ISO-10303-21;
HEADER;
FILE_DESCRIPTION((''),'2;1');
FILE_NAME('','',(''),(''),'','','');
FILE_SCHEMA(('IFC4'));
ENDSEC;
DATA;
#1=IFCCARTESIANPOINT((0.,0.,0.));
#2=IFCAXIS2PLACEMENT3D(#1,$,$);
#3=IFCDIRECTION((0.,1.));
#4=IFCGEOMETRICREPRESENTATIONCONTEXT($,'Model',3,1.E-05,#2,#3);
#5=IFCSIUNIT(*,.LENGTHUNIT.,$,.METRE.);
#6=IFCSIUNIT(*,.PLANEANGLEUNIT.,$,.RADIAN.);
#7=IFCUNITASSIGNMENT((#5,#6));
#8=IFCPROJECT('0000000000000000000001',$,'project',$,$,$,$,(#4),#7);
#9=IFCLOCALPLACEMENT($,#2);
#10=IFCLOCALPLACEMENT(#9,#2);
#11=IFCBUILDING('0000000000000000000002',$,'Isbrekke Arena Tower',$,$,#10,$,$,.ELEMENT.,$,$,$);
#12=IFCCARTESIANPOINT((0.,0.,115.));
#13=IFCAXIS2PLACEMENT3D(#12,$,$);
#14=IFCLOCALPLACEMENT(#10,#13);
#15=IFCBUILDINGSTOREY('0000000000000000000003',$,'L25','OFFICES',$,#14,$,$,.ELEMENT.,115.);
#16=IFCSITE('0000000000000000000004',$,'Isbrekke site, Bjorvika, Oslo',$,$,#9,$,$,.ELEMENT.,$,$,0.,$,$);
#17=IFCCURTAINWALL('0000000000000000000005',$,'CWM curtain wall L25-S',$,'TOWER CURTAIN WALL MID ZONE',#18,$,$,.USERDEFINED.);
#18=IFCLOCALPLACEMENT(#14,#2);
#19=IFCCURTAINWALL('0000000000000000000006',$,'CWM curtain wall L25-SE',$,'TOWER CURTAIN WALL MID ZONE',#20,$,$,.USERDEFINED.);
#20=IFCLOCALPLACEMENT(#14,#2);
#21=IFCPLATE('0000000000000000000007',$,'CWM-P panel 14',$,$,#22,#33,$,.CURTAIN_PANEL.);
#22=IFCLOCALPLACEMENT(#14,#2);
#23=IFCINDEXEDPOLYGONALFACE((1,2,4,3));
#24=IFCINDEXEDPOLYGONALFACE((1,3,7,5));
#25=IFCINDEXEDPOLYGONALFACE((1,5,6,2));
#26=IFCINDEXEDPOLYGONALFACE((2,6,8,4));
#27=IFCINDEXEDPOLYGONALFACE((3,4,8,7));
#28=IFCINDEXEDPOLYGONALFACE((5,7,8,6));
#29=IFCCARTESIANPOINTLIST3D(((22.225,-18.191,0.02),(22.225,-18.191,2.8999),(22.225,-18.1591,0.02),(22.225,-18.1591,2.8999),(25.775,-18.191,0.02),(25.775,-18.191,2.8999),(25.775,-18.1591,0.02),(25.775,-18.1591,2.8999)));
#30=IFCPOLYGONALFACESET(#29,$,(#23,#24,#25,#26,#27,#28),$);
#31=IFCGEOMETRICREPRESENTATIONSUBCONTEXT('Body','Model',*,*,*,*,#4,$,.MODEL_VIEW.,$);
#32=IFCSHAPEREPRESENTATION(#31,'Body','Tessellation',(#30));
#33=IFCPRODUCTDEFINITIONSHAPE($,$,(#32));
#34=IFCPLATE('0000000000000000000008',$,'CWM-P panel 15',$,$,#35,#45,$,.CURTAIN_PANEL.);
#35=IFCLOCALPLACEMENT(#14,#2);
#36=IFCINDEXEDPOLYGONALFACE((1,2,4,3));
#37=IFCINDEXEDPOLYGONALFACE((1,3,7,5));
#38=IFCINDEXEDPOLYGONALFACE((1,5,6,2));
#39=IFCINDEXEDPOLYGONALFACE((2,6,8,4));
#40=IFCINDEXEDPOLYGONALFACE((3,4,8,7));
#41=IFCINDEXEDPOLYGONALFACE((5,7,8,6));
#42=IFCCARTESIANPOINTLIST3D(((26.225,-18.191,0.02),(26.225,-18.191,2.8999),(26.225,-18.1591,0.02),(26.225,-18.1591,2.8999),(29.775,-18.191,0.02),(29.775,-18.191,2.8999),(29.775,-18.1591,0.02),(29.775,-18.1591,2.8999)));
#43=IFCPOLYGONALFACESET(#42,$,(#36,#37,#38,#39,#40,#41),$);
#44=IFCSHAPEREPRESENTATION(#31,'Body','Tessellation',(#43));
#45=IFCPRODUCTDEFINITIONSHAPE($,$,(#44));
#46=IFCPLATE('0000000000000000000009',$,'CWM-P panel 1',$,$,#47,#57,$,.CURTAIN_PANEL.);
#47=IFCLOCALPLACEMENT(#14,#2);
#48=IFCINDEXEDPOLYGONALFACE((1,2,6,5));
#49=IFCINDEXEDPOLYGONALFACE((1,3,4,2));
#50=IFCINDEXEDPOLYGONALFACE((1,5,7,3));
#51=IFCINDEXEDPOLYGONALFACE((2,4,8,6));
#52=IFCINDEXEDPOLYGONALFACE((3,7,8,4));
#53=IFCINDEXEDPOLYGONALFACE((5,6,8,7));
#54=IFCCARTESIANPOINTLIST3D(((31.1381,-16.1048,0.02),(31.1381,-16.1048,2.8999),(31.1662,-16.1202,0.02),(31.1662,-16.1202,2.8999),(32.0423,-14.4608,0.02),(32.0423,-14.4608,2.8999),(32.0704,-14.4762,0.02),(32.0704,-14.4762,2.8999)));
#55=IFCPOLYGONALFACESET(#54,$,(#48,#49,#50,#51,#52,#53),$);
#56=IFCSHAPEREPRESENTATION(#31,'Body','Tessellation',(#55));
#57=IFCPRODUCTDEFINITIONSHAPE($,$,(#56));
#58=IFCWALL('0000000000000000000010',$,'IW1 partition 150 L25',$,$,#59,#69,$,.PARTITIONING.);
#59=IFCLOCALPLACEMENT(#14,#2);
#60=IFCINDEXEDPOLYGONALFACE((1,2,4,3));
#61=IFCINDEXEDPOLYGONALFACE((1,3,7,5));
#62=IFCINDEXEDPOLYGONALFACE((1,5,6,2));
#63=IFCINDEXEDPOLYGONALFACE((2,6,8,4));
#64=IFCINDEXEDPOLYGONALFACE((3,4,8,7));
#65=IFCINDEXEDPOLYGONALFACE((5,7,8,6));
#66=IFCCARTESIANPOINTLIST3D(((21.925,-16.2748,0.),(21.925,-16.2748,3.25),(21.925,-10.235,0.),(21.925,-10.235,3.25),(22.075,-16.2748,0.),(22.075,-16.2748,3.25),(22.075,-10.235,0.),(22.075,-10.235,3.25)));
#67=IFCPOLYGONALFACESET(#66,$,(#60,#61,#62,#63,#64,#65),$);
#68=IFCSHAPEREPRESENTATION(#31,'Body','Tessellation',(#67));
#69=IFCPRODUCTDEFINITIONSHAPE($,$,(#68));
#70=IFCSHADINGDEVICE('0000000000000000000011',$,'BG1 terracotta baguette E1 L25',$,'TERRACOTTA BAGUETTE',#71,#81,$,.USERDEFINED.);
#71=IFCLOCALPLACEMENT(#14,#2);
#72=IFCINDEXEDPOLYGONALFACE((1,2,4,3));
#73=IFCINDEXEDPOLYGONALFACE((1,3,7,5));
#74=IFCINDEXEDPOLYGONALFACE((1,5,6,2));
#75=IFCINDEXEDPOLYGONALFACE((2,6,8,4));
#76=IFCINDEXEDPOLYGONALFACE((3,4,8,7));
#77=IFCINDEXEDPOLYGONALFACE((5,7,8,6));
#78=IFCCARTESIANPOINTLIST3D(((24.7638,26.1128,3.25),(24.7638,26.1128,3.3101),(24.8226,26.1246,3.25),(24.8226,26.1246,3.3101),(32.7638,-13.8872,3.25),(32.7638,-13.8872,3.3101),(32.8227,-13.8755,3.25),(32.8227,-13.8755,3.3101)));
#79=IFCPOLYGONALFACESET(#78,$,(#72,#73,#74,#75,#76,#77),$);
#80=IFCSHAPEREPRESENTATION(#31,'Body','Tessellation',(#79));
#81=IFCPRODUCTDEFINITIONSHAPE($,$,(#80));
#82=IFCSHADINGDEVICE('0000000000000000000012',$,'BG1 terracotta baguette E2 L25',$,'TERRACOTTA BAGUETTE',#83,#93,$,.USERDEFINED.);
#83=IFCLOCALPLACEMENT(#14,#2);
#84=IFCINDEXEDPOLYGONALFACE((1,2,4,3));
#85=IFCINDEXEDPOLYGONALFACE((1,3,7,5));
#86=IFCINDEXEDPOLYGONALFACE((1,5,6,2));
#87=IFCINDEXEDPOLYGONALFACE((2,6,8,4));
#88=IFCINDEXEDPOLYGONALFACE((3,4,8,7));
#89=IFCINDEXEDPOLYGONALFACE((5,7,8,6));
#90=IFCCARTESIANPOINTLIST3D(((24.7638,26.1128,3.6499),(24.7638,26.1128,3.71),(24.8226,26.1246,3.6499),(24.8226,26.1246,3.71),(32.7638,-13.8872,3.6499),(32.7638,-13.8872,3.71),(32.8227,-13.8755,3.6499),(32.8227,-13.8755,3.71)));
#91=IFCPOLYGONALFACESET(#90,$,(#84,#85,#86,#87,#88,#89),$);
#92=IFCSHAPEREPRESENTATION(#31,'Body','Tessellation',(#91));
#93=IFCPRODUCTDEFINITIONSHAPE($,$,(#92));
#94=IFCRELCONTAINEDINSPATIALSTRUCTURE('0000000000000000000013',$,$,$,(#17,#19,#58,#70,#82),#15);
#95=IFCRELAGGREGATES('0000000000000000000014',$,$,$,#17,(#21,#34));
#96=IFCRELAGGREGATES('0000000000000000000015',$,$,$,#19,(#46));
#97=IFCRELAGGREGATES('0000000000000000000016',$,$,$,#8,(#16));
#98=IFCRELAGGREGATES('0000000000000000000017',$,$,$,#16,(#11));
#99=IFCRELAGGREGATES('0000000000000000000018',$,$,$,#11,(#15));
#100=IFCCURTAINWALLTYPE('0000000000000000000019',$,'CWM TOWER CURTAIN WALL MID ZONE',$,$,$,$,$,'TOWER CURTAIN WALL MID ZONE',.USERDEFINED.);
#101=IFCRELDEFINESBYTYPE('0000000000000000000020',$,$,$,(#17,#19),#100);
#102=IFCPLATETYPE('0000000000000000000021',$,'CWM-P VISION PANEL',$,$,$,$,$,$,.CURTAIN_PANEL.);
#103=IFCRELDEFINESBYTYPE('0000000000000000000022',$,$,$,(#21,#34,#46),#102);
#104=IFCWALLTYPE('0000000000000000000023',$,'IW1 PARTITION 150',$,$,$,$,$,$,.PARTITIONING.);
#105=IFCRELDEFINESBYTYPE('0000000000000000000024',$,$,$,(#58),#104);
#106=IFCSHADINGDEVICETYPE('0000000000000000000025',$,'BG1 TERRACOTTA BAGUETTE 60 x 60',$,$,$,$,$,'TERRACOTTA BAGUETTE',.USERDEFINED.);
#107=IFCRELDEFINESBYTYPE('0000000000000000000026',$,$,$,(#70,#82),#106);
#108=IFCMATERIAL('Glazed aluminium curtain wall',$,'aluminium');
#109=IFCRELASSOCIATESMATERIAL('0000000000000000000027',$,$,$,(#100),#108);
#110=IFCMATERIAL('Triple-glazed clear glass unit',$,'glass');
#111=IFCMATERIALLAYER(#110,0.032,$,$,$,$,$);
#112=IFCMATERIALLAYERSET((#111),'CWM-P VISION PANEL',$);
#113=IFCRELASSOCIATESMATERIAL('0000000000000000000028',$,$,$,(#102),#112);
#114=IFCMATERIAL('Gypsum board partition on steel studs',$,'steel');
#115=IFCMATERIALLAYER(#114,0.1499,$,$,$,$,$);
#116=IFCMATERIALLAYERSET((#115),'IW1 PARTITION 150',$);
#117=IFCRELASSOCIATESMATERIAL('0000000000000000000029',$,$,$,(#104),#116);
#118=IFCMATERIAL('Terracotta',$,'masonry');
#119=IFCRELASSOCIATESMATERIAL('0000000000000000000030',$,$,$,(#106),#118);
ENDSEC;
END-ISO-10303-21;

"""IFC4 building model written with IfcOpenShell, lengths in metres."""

from ifc_helpers import new_model, si_unit, direction, frame, frame_2d, origin, origin_2d, place, context, subcontext, project, spatial, rectangle, extrude, material, layer, layer_set, material_profile, profile_set, type_object, element, aggregate, save


model = new_model("IFC4")

# Units and contexts
model_context = context("Model", 3, precision=1e-05, world=origin(), true_north=direction((0.0, 1.0)))
body_context = subcontext(model_context, "Body", "Model", "MODEL_VIEW")
ifc_project = project(units=[si_unit("LENGTHUNIT", "METRE"), si_unit("PLANEANGLEUNIT", "RADIAN")], contexts=[model_context])

# Site, building, storey
site_placement = place(None, origin())
site = spatial("IfcSite", under=ifc_project, at=site_placement, Name="Isbrekke site, Bjorvika, Oslo", CompositionType="ELEMENT", RefElevation=0.0)
building_placement = place(site_placement, origin())
building = spatial("IfcBuilding", under=site, at=building_placement, Name="Isbrekke Arena Tower", CompositionType="ELEMENT")
storey_placement = place(building_placement, frame((0.0, 0.0, 115.0)))
storey = spatial("IfcBuildingStorey", under=building, at=storey_placement, Name="L25", Description="OFFICES", CompositionType="ELEMENT", Elevation=115.0)

# Curtain walls
ifc_material_1 = material(Name="Glazed aluminium curtain wall", Category="aluminium")
curtain_wall_type = type_object("IfcCurtainWallType", Name="CWM TOWER CURTAIN WALL MID ZONE", ElementType="TOWER CURTAIN WALL MID ZONE", PredefinedType="USERDEFINED", material=ifc_material_1)
curtain_wall_1_placement = place(storey_placement, origin())
curtain_wall_1 = element("IfcCurtainWall", 1, at=curtain_wall_1_placement, inside=storey, type_object=curtain_wall_type, Name="CWM curtain wall L25-S", ObjectType="TOWER CURTAIN WALL MID ZONE", PredefinedType="USERDEFINED")
curtain_wall_2_placement = place(storey_placement, origin())
curtain_wall_2 = element("IfcCurtainWall", 2, at=curtain_wall_2_placement, inside=storey, type_object=curtain_wall_type, Name="CWM curtain wall L25-SE", ObjectType="TOWER CURTAIN WALL MID ZONE", PredefinedType="USERDEFINED")

# Plates
ifc_material_2 = material(Name="Triple-glazed clear glass unit", Category="glass")
ifc_layer_1 = layer(ifc_material_2, 0.032)
ifc_layer_set_1 = layer_set([ifc_layer_1], Name="CWM-P VISION PANEL")
plate_type = type_object("IfcPlateType", Name="CWM-P VISION PANEL", PredefinedType="CURTAIN_PANEL", material=ifc_layer_set_1)
plate_1_placement = place(storey_placement, frame((24.0, -18.175, 0.02), z_axis=(0.0, 0.0, 1.0), x_axis=(1.0, 0.0, 0.0)))
plate_1 = element("IfcPlate", 3, at=plate_1_placement, type_object=plate_type, Name="CWM-P panel 14", PredefinedType="CURTAIN_PANEL", context=body_context, shape_type="SweptSolid", body=[
    extrude(rectangle(XDim=3.55, YDim=0.032, at=origin_2d()), origin(), (0.0, 0.0, 1.0), 2.8799),
])
plate_2_placement = place(storey_placement, frame((28.0, -18.175, 0.02), z_axis=(0.0, 0.0, 1.0), x_axis=(1.0, 0.0, 0.0)))
plate_2 = element("IfcPlate", 4, at=plate_2_placement, type_object=plate_type, Name="CWM-P panel 15", PredefinedType="CURTAIN_PANEL", context=body_context, shape_type="SweptSolid", body=[
    extrude(rectangle(XDim=3.55, YDim=0.032, at=origin_2d()), origin(), (0.0, 0.0, 1.0), 2.8799),
])
aggregate(curtain_wall_1, [plate_1, plate_2])
plate_3_placement = place(storey_placement, frame((31.6042, -15.2905, 0.02), z_axis=(0.0, 0.0, 1.0), x_axis=(0.481919, 0.876216, 0.0)))
plate_3 = element("IfcPlate", 5, at=plate_3_placement, type_object=plate_type, Name="CWM-P panel 1", PredefinedType="CURTAIN_PANEL", context=body_context, shape_type="SweptSolid", body=[
    extrude(rectangle(XDim=1.8762, YDim=0.032, at=origin_2d()), origin(), (0.0, 0.0, 1.0), 2.8799),
])
aggregate(curtain_wall_2, [plate_3])

# Wall
ifc_material_3 = material(Name="Gypsum board partition on steel studs", Category="steel")
ifc_layer_2 = layer(ifc_material_3, 0.1499)
ifc_layer_set_2 = layer_set([ifc_layer_2], Name="IW1 PARTITION 150")
wall_type = type_object("IfcWallType", Name="IW1 PARTITION 150", PredefinedType="PARTITIONING", material=ifc_layer_set_2)
wall_placement = place(storey_placement, frame((22.0, -16.2749, 0.0), z_axis=(0.0, 0.0, 1.0), x_axis=(0.0, 1.0, 0.0)))
element("IfcWall", 6, at=wall_placement, inside=storey, type_object=wall_type, Name="IW1 partition 150 L25", PredefinedType="PARTITIONING", context=body_context, shape_type="SweptSolid", body=[
    extrude(rectangle(XDim=6.0398, YDim=0.1499, at=frame_2d((3.02, 0.0))), origin(), (0.0, 0.0, 1.0), 3.25),
])

# Shading devices
ifc_material_4 = material(Name="Terracotta", Category="masonry")
ifc_material_profile_1 = material_profile(ifc_material_4, rectangle(XDim=0.0601, YDim=0.0601, at=origin_2d()), Name="BAGUETTE 60X60")
ifc_profile_set_1 = profile_set([ifc_material_profile_1], Name="Terracotta")
shading_device_type = type_object("IfcShadingDeviceType", Name="BG1 TERRACOTTA BAGUETTE 60 x 60", ElementType="TERRACOTTA BAGUETTE", PredefinedType="USERDEFINED", material=ifc_profile_set_1)
for number, where, z_axis, x_axis, name in (
    (7, (32.7932, -13.8813, 3.28), (-0.196116, 0.980581, 0.0), (-0.980581, -0.196116, 0.0), "BG1 terracotta baguette E1 L25"),
    (8, (32.7932, -13.8813, 3.6799), (-0.196116, 0.980581, 0.0), (-0.980581, -0.196116, 0.0), "BG1 terracotta baguette E2 L25"),
):
    element("IfcShadingDevice", number, at=place(storey_placement, frame(where, z_axis=z_axis, x_axis=x_axis)), inside=storey, type_object=shading_device_type, Name=name, ObjectType="TERRACOTTA BAGUETTE", PredefinedType="USERDEFINED", context=body_context, shape_type="SweptSolid", body=[
        extrude(rectangle(XDim=0.0601, YDim=0.0601, at=origin_2d()), origin(), (0.0, 0.0, 1.0), 40.7922),
    ])

save(model, "model.ifc")
